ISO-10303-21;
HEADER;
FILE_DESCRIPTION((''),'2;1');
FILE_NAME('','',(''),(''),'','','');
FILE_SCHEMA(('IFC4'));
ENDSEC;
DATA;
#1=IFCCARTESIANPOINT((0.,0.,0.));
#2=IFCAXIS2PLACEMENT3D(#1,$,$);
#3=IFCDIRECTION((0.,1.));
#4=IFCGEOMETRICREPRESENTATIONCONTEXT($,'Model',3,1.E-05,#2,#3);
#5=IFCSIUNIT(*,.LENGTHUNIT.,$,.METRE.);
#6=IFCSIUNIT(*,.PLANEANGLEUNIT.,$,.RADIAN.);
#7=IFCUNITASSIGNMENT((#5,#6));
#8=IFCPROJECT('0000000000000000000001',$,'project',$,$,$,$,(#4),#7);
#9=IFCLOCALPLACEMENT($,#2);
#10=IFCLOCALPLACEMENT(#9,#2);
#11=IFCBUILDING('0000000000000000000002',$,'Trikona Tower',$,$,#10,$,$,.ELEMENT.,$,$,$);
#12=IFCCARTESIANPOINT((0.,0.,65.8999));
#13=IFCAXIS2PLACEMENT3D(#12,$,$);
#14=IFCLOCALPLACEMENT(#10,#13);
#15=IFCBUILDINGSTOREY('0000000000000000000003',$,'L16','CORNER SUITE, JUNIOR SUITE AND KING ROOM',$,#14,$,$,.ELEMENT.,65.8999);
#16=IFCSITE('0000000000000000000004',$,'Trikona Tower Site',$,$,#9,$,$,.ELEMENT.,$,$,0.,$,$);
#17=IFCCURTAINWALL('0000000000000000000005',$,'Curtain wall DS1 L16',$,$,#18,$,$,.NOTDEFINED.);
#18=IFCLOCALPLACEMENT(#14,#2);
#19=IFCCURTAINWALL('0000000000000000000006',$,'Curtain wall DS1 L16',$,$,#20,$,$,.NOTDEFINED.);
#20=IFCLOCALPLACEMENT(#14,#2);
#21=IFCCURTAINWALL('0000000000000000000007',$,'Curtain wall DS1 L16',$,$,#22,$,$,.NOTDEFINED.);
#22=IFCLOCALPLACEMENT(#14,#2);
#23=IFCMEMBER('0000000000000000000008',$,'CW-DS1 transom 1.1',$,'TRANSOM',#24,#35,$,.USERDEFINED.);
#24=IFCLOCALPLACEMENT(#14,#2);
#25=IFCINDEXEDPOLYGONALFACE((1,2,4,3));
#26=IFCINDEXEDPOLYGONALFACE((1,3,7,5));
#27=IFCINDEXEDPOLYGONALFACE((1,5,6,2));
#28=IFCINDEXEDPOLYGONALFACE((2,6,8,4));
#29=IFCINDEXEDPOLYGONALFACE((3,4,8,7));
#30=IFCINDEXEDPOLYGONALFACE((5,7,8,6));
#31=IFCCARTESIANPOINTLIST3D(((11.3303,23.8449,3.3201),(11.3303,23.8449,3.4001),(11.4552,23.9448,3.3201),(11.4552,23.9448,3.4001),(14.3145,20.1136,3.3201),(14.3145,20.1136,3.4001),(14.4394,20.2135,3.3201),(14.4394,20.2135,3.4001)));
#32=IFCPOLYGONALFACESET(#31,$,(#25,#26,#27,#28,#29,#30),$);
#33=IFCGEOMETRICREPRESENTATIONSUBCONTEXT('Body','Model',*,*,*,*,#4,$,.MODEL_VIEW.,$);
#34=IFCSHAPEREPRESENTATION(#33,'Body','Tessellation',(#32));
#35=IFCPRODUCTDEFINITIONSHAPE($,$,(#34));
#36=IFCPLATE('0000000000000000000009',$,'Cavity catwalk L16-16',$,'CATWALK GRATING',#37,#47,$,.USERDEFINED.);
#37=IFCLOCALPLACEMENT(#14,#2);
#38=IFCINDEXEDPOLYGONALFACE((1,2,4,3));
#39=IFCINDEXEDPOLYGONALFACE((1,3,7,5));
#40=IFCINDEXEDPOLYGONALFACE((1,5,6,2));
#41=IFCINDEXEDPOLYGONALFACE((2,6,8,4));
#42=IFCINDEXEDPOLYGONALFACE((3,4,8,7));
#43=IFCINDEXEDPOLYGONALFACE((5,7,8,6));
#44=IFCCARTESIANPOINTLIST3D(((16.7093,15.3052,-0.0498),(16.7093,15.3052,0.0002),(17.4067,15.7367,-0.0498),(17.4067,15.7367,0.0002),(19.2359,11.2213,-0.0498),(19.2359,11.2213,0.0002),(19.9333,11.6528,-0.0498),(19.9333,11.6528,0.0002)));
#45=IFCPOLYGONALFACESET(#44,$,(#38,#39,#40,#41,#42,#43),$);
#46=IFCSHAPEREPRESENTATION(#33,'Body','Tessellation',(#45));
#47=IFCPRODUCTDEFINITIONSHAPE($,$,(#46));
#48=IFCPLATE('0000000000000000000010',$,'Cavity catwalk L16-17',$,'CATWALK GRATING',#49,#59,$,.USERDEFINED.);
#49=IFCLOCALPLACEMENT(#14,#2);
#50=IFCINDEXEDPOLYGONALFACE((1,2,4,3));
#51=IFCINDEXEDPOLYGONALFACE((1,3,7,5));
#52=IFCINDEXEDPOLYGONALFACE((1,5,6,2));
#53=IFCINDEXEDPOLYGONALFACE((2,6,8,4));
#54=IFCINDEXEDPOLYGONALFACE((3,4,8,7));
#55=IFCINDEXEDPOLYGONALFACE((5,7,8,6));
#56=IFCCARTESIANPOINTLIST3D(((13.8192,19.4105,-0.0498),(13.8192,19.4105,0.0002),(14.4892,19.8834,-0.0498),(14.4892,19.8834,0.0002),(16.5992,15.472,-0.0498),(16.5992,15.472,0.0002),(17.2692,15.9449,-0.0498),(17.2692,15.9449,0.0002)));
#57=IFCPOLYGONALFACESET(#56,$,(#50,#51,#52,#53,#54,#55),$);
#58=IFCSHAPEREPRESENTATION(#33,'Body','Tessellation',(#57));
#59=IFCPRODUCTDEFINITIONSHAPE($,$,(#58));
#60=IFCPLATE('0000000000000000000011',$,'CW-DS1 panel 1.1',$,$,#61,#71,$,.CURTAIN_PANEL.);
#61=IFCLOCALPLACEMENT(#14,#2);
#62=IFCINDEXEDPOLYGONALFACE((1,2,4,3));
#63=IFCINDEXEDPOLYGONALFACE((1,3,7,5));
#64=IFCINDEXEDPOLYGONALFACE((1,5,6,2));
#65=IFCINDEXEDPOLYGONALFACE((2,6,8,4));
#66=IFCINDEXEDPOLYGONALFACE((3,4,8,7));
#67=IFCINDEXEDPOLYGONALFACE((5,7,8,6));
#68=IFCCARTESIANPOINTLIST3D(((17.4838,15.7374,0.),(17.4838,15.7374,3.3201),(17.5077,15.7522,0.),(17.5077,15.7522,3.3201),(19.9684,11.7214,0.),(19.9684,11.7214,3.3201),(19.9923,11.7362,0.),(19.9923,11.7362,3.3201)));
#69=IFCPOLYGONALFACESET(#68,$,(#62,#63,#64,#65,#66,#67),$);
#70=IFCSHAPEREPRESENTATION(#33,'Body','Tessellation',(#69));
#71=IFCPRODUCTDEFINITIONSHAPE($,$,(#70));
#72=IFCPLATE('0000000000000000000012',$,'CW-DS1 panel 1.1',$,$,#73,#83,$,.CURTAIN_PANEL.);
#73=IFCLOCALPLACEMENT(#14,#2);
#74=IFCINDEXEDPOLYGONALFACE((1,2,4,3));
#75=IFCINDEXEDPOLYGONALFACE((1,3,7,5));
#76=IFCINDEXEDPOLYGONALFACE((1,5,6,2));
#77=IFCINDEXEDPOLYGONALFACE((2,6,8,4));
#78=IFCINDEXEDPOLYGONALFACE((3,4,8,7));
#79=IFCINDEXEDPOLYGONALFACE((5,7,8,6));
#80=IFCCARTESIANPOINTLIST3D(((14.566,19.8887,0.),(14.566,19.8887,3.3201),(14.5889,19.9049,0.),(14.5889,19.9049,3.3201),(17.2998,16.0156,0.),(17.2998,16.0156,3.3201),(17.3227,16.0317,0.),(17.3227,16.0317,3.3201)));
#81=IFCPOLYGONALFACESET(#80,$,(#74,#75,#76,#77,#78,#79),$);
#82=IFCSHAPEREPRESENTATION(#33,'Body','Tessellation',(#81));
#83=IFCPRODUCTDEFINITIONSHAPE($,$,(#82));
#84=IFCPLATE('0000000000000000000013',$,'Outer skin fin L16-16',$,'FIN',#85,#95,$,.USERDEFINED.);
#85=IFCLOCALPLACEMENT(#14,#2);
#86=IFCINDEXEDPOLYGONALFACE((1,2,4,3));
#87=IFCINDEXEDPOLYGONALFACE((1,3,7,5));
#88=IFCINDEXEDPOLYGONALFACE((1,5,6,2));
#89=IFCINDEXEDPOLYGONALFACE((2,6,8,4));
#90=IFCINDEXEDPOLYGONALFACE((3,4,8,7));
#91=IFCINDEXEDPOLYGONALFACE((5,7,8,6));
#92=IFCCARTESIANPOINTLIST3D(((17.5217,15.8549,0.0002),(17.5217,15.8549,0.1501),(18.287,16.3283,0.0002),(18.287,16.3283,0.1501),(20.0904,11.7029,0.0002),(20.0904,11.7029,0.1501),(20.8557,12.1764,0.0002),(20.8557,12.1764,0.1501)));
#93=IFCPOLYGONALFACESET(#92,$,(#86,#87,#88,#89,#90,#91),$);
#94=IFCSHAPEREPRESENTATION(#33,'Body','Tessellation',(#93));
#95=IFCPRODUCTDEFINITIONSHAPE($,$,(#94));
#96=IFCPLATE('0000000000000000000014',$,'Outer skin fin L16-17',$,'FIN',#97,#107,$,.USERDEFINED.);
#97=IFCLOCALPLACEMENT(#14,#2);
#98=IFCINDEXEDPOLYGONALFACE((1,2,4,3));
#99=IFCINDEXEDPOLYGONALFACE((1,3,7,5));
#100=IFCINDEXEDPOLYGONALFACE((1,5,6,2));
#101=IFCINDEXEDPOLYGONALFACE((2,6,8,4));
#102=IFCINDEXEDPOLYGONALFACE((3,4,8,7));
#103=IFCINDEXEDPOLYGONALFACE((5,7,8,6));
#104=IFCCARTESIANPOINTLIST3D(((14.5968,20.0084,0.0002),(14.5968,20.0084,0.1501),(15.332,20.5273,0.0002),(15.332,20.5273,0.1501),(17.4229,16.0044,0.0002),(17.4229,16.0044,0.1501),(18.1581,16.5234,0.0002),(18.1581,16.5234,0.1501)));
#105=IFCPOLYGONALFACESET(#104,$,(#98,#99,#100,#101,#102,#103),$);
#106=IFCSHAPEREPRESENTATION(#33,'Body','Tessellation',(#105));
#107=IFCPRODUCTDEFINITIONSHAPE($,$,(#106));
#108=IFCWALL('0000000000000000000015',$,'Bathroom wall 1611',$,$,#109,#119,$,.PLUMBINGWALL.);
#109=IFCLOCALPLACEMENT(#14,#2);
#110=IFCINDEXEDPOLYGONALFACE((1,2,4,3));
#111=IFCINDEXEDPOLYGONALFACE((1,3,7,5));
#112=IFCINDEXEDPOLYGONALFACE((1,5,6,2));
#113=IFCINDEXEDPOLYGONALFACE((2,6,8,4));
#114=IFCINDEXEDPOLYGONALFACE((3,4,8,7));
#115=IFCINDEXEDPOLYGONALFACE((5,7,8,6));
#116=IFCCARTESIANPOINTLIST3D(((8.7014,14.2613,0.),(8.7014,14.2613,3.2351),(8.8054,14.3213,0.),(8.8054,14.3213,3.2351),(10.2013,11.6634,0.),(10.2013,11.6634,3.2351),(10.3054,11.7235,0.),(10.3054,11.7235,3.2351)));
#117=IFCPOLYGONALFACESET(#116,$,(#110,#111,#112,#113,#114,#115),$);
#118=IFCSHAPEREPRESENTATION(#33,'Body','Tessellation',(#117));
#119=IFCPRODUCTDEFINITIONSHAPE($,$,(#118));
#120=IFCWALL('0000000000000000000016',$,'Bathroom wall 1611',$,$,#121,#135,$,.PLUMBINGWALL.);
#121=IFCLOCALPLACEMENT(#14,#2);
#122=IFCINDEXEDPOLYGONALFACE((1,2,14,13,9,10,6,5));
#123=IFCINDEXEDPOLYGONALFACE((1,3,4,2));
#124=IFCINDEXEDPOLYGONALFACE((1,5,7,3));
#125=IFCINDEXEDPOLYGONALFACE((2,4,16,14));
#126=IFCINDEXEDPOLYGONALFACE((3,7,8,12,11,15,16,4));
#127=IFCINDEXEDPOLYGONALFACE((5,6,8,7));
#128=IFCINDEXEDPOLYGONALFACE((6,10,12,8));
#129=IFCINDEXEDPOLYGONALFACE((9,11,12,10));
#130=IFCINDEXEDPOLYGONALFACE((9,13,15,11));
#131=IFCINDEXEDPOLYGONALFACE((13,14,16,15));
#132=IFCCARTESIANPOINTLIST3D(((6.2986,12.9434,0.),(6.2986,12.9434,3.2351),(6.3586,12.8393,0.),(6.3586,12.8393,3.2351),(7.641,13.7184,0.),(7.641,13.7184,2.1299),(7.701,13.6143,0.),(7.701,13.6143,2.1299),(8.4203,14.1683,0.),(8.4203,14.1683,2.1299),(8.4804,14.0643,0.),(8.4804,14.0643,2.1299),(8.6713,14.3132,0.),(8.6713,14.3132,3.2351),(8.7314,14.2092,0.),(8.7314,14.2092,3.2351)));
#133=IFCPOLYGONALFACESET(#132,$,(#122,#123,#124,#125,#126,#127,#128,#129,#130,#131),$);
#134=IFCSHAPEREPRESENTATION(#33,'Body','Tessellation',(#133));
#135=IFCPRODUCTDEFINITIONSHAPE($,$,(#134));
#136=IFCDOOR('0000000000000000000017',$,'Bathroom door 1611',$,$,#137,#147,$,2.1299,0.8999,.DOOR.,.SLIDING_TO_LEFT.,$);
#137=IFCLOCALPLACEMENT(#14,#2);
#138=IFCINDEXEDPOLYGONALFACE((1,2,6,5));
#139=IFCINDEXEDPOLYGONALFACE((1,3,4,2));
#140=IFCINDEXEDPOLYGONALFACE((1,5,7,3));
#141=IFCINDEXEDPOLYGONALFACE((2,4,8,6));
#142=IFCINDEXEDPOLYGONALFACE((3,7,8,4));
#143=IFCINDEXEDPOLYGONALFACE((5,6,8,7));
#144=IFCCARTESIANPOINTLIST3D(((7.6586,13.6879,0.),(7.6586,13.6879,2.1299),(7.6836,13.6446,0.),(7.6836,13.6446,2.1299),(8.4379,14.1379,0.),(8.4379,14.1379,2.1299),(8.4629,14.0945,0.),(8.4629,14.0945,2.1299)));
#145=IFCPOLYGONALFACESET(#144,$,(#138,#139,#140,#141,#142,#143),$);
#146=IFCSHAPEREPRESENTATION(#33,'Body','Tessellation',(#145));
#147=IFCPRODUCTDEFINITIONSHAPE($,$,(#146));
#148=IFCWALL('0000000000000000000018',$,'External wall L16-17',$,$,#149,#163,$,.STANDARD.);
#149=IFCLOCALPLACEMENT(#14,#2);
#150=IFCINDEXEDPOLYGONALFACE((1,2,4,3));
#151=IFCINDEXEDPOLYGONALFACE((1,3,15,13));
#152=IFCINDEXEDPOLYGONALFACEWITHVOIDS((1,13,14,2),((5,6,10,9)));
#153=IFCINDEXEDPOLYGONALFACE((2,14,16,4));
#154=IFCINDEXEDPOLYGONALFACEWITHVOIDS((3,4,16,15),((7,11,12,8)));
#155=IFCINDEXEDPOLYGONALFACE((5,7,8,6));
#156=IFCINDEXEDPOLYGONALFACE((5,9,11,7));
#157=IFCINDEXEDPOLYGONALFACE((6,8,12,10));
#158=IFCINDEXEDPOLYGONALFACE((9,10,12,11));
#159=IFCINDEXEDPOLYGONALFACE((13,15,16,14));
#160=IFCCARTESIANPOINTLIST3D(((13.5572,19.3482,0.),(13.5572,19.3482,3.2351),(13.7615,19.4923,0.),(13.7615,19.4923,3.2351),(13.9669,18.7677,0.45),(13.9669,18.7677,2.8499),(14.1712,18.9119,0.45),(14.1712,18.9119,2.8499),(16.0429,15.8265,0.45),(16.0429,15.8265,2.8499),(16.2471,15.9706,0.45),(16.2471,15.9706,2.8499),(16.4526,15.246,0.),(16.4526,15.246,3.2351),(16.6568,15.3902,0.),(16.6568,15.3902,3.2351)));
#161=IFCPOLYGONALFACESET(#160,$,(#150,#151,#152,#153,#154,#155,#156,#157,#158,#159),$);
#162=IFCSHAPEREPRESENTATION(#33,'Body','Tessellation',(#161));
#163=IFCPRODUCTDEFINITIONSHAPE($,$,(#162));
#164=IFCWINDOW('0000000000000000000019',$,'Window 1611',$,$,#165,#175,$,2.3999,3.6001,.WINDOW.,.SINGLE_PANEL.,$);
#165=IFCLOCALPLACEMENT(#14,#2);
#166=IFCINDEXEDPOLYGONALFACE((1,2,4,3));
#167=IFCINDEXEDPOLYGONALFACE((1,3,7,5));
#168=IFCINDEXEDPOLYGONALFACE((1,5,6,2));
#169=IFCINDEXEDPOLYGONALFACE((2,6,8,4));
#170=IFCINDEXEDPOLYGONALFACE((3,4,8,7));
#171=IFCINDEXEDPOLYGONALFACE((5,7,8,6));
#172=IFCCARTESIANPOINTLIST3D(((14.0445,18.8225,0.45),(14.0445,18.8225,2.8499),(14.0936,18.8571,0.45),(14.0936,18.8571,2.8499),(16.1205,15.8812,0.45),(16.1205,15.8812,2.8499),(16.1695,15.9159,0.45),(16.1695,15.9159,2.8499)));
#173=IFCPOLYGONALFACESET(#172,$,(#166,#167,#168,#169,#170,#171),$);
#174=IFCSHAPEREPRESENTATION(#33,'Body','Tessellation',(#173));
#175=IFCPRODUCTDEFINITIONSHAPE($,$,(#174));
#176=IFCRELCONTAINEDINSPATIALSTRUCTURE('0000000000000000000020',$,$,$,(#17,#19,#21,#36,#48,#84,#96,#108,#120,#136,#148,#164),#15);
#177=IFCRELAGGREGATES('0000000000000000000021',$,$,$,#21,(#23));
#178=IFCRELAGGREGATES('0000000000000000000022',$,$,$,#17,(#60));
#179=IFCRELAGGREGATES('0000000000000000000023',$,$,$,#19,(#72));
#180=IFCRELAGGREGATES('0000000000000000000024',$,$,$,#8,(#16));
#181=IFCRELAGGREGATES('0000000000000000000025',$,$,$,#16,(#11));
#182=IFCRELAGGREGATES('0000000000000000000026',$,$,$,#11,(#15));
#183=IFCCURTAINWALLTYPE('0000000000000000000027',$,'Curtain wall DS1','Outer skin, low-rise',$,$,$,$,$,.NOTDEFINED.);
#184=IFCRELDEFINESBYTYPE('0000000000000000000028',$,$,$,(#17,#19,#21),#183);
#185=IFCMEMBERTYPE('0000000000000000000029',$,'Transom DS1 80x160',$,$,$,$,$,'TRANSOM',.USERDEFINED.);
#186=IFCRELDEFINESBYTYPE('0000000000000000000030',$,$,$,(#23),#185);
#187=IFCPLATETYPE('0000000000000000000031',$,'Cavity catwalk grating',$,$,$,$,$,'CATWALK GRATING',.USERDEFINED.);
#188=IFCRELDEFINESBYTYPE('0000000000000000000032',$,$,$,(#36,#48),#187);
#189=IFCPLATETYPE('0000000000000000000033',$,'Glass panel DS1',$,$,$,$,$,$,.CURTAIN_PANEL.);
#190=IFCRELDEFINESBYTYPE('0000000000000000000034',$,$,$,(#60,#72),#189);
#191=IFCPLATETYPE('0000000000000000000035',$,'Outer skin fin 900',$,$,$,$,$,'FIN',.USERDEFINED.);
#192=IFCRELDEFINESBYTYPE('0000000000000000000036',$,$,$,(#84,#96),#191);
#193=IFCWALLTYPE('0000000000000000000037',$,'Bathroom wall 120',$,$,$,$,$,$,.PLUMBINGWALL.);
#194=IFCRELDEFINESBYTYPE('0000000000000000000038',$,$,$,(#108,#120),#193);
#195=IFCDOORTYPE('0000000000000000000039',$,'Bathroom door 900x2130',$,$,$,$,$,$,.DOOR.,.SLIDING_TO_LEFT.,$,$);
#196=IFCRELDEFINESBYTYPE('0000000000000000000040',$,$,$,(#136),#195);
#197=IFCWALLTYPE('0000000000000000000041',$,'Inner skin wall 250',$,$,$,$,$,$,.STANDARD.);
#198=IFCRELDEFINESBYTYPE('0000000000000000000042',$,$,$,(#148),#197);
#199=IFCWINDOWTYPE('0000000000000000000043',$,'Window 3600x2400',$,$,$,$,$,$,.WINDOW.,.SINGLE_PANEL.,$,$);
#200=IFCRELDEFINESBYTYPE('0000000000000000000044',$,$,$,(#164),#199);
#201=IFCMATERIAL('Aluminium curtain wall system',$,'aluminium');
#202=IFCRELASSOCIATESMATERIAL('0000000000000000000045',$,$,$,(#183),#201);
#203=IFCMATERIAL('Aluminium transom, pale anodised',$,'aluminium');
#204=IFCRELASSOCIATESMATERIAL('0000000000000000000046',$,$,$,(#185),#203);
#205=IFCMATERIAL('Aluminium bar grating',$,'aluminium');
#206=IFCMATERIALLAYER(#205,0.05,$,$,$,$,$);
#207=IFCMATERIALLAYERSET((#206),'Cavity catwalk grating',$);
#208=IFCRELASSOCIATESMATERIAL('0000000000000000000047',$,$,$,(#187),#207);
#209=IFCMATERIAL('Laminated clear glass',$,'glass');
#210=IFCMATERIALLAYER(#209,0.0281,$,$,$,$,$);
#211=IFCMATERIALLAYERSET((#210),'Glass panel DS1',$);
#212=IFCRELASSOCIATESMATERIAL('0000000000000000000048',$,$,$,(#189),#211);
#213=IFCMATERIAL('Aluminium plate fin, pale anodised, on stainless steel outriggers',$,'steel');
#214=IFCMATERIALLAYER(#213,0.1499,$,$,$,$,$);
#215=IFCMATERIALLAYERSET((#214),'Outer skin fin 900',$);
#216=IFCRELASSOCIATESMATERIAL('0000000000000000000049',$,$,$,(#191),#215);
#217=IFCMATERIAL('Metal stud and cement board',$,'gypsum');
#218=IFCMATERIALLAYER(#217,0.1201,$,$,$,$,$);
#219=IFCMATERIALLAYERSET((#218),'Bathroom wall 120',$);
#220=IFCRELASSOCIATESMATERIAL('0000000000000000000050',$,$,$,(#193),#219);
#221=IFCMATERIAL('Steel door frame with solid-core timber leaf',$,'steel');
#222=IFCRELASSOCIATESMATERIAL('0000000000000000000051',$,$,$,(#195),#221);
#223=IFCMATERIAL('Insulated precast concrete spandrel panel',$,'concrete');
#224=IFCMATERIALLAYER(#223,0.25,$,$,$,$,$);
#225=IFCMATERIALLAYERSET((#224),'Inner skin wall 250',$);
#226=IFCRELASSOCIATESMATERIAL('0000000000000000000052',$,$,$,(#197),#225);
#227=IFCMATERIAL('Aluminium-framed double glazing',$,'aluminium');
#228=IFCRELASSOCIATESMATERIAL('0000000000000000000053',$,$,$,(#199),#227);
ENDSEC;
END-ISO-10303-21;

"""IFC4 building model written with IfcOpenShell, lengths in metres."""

from ifc_helpers import new_model, si_unit, direction, frame, frame_2d, origin, origin_2d, place, context, subcontext, project, spatial, rectangle, extrude, material, layer, layer_set, material_profile, profile_set, type_object, element, fill, aggregate, save


model = new_model("IFC4")

# Units and contexts
model_context = context("Model", 3, precision=1e-05, world=origin(), true_north=direction((0.0, 1.0)))
body_context = subcontext(model_context, "Body", "Model", "MODEL_VIEW")
ifc_project = project(units=[si_unit("LENGTHUNIT", "METRE"), si_unit("PLANEANGLEUNIT", "RADIAN")], contexts=[model_context])

# Site, building, storey
site_placement = place(None, origin())
site = spatial("IfcSite", under=ifc_project, at=site_placement, Name="Trikona Tower Site", CompositionType="ELEMENT", RefElevation=0.0)
building_placement = place(site_placement, origin())
building = spatial("IfcBuilding", under=site, at=building_placement, Name="Trikona Tower", CompositionType="ELEMENT")
storey_placement = place(building_placement, frame((0.0, 0.0, 65.8999)))
storey = spatial("IfcBuildingStorey", under=building, at=storey_placement, Name="L16", Description="CORNER SUITE, JUNIOR SUITE AND KING ROOM", CompositionType="ELEMENT", Elevation=65.8999)

# Curtain walls
ifc_material_1 = material(Name="Aluminium curtain wall system", Category="aluminium")
curtain_wall_type = type_object("IfcCurtainWallType", Name="Curtain wall DS1", Description="Outer skin, low-rise", PredefinedType="NOTDEFINED", material=ifc_material_1)
curtain_wall_1_placement = place(storey_placement, origin())
curtain_wall_1 = element("IfcCurtainWall", 1, at=curtain_wall_1_placement, inside=storey, type_object=curtain_wall_type, Name="Curtain wall DS1 L16", PredefinedType="NOTDEFINED")
curtain_wall_2_placement = place(storey_placement, origin())
curtain_wall_2 = element("IfcCurtainWall", 2, at=curtain_wall_2_placement, inside=storey, type_object=curtain_wall_type, Name="Curtain wall DS1 L16", PredefinedType="NOTDEFINED")

# Curtain wall
curtain_wall_3_placement = place(storey_placement, origin())
curtain_wall_3 = element("IfcCurtainWall", 3, at=curtain_wall_3_placement, inside=storey, type_object=curtain_wall_type, Name="Curtain wall DS1 L16", PredefinedType="NOTDEFINED")

# Member
ifc_material_2 = material(Name="Aluminium transom, pale anodised", Category="aluminium")
ifc_material_profile_1 = material_profile(ifc_material_2, rectangle(XDim=0.1599, YDim=0.0801, at=origin_2d()), Name="TRN-DS1")
ifc_profile_set_1 = profile_set([ifc_material_profile_1], Name="Aluminium transom, pale anodised")
member_type_1 = type_object("IfcMemberType", Name="Transom DS1 80x160", ElementType="TRANSOM", PredefinedType="USERDEFINED", material=ifc_profile_set_1)
member_1_placement = place(storey_placement, frame((14.377, 20.1636, 3.3601), z_axis=(-0.624589, 0.780954, 0.0), x_axis=(-0.780954, -0.624589, 0.0)))
member_1 = element("IfcMember", 4, at=member_1_placement, type_object=member_type_1, Name="CW-DS1 transom 1.1", ObjectType="TRANSOM", PredefinedType="USERDEFINED", context=body_context, shape_type="SweptSolid", body=[
    extrude(rectangle(XDim=0.1599, YDim=0.0801, at=origin_2d()), origin(), (0.0, 0.0, 1.0), 4.7778),
])
aggregate(curtain_wall_3, [member_1])

# Plates
ifc_material_3 = material(Name="Aluminium bar grating", Category="aluminium")
ifc_layer_1 = layer(ifc_material_3, 0.05)
ifc_layer_set_1 = layer_set([ifc_layer_1], Name="Cavity catwalk grating")
plate_type_1 = type_object("IfcPlateType", Name="Cavity catwalk grating", ElementType="CATWALK GRATING", PredefinedType="USERDEFINED", material=ifc_layer_set_1)
plate_1_placement = place(storey_placement, frame((18.3213, 13.479, -0.0498), z_axis=(0.0, 0.0, 1.0), x_axis=(-0.526119, 0.850411, 0.0)))
element("IfcPlate", 5, at=plate_1_placement, inside=storey, type_object=plate_type_1, Name="Cavity catwalk L16-16", ObjectType="CATWALK GRATING", PredefinedType="USERDEFINED", context=body_context, shape_type="SweptSolid", body=[
    extrude(rectangle(XDim=4.8022, YDim=0.8201, at=origin_2d()), origin(), (0.0, 0.0, 1.0), 0.05),
])
plate_2_placement = place(storey_placement, frame((15.5442, 17.6777, -0.0498), z_axis=(0.0, 0.0, 1.0), x_axis=(-0.576662, 0.816983, 0.0)))
element("IfcPlate", 6, at=plate_2_placement, inside=storey, type_object=plate_type_1, Name="Cavity catwalk L16-17", ObjectType="CATWALK GRATING", PredefinedType="USERDEFINED", context=body_context, shape_type="SweptSolid", body=[
    extrude(rectangle(XDim=4.8208, YDim=0.8201, at=origin_2d()), origin(), (0.0, 0.0, 1.0), 0.05),
])

# Plates
ifc_material_4 = material(Name="Laminated clear glass", Category="glass")
ifc_layer_2 = layer(ifc_material_4, 0.0281)
ifc_layer_set_2 = layer_set([ifc_layer_2], Name="Glass panel DS1")
plate_type_2 = type_object("IfcPlateType", Name="Glass panel DS1", PredefinedType="CURTAIN_PANEL", material=ifc_layer_set_2)
plate_3_placement = place(storey_placement, frame((18.738, 13.7368, 0.0), z_axis=(0.0, 0.0, 1.0), x_axis=(-0.52612, 0.85041, 0.0)))
plate_3 = element("IfcPlate", 7, at=plate_3_placement, type_object=plate_type_2, Name="CW-DS1 panel 1.1", PredefinedType="CURTAIN_PANEL", context=body_context, shape_type="SweptSolid", body=[
    extrude(rectangle(XDim=4.7224, YDim=0.0281, at=origin_2d()), origin(), (0.0, 0.0, 1.0), 3.3201),
])
aggregate(curtain_wall_1, [plate_3])
plate_4_placement = place(storey_placement, frame((15.9443, 17.9602, 0.0), z_axis=(0.0, 0.0, 1.0), x_axis=(-0.576658, 0.816985, 0.0)))
plate_4 = element("IfcPlate", 8, at=plate_4_placement, type_object=plate_type_2, Name="CW-DS1 panel 1.1", PredefinedType="CURTAIN_PANEL", context=body_context, shape_type="SweptSolid", body=[
    extrude(rectangle(XDim=4.7407, YDim=0.0281, at=origin_2d()), origin(), (0.0, 0.0, 1.0), 3.3201),
])
aggregate(curtain_wall_2, [plate_4])

# Plates
ifc_material_5 = material(Name="Aluminium plate fin, pale anodised, on stainless steel outriggers", Category="steel")
ifc_layer_3 = layer(ifc_material_5, 0.1499)
ifc_layer_set_3 = layer_set([ifc_layer_3], Name="Outer skin fin 900")
plate_type_3 = type_object("IfcPlateType", Name="Outer skin fin 900", ElementType="FIN", PredefinedType="USERDEFINED", material=ifc_layer_set_3)
plate_5_placement = place(storey_placement, frame((19.1887, 14.0156, 0.0002), z_axis=(0.0, 0.0, 1.0), x_axis=(-0.526119, 0.850411, 0.0)))
element("IfcPlate", 9, at=plate_5_placement, inside=storey, type_object=plate_type_3, Name="Outer skin fin L16-16", ObjectType="FIN", PredefinedType="USERDEFINED", context=body_context, shape_type="SweptSolid", body=[
    extrude(rectangle(XDim=4.8823, YDim=0.8999, at=origin_2d()), origin(), (0.0, 0.0, 1.0), 0.1499),
])
plate_6_placement = place(storey_placement, frame((16.3774, 18.2659, 0.0002), z_axis=(0.0, 0.0, 1.0), x_axis=(-0.576662, 0.816983, 0.0)))
element("IfcPlate", 10, at=plate_6_placement, inside=storey, type_object=plate_type_3, Name="Outer skin fin L16-17", ObjectType="FIN", PredefinedType="USERDEFINED", context=body_context, shape_type="SweptSolid", body=[
    extrude(rectangle(XDim=4.9009, YDim=0.8999, at=origin_2d()), origin(), (0.0, 0.0, 1.0), 0.1499),
])

# Wall
ifc_material_6 = material(Name="Metal stud and cement board", Category="gypsum")
ifc_layer_4 = layer(ifc_material_6, 0.1201)
ifc_layer_set_4 = layer_set([ifc_layer_4], Name="Bathroom wall 120")
wall_type_1 = type_object("IfcWallType", Name="Bathroom wall 120", PredefinedType="PLUMBINGWALL", material=ifc_layer_set_4)
wall_1_placement = place(storey_placement, frame((10.2534, 11.6934, 0.0), z_axis=(0.0, 0.0, 1.0), x_axis=(-0.500025, 0.866011, 0.0)))
element("IfcWall", 11, at=wall_1_placement, inside=storey, type_object=wall_type_1, Name="Bathroom wall 1611", PredefinedType="PLUMBINGWALL", context=body_context, shape_type="SweptSolid", body=[
    extrude(rectangle(XDim=2.9998, YDim=0.1201, at=frame_2d((1.5, 0.0))), origin(), (0.0, 0.0, 1.0), 3.2351),
])

# Wall, opening, door
wall_2_placement = place(storey_placement, frame((6.3286, 12.8914, 0.0), z_axis=(0.0, 0.0, 1.0), x_axis=(0.866036, 0.499982, 0.0)))
wall_2 = element("IfcWall", 12, at=wall_2_placement, inside=storey, type_object=wall_type_1, Name="Bathroom wall 1611", PredefinedType="PLUMBINGWALL", context=body_context, shape_type="SweptSolid", body=[
    extrude(rectangle(XDim=2.7397, YDim=0.1201, at=frame_2d((1.3699, 0.0))), origin(), (0.0, 0.0, 1.0), 3.2351),
])
opening_1_placement = place(wall_2_placement, frame((1.55, 0.0, 0.0)))
opening_1 = element("IfcOpeningElement", 13, at=opening_1_placement, cuts=wall_2, PredefinedType="OPENING", context=body_context, shape_type="SweptSolid", body=[
    extrude(rectangle(XDim=0.8999, YDim=2.1299, at=frame_2d((0.45, 1.0649))), frame((0.0, 0.0701, 0.0), z_axis=(0.0, -1.0, 0.0), x_axis=(1.0, 0.0, 0.0)), (0.0, 0.0, 1.0), 0.1401),
])
ifc_material_7 = material(Name="Steel door frame with solid-core timber leaf", Category="steel")
door_type = type_object("IfcDoorType", Name="Bathroom door 900x2130", OperationType="SLIDING_TO_LEFT", PredefinedType="DOOR", material=ifc_material_7)
door_placement = place(opening_1_placement, origin())
door = element("IfcDoor", 14, at=door_placement, inside=storey, type_object=door_type, Name="Bathroom door 1611", OperationType="SLIDING_TO_LEFT", OverallHeight=2.1299, OverallWidth=0.8999, PredefinedType="DOOR", context=body_context, shape_type="SweptSolid", body=[
    extrude(rectangle(XDim=0.8999, YDim=2.1299, at=frame_2d((0.45, 1.0649))), frame((0.0, 0.0249, 0.0), z_axis=(0.0, -1.0, 0.0), x_axis=(1.0, 0.0, 0.0)), (0.0, 0.0, 1.0), 0.05),
])
fill(opening_1, door)

# Wall, opening, window
ifc_material_8 = material(Name="Insulated precast concrete spandrel panel", Category="concrete")
ifc_layer_5 = layer(ifc_material_8, 0.25)
ifc_layer_set_5 = layer_set([ifc_layer_5], Name="Inner skin wall 250")
wall_type_2 = type_object("IfcWallType", Name="Inner skin wall 250", PredefinedType="STANDARD", material=ifc_layer_set_5)
wall_3_placement = place(storey_placement, frame((16.5547, 15.3181, 0.0), z_axis=(0.0, 0.0, 1.0), x_axis=(-0.576643, 0.816996, 0.0)))
wall_3 = element("IfcWall", 15, at=wall_3_placement, inside=storey, type_object=wall_type_2, Name="External wall L16-17", PredefinedType="STANDARD", context=body_context, shape_type="SweptSolid", body=[
    extrude(rectangle(XDim=5.021, YDim=0.25, at=frame_2d((2.5105, 0.0))), origin(), (0.0, 0.0, 1.0), 3.2351),
])
opening_2_placement = place(wall_3_placement, frame((0.7104, 0.0, 0.45)))
opening_2 = element("IfcOpeningElement", 16, at=opening_2_placement, cuts=wall_3, PredefinedType="OPENING", context=body_context, shape_type="SweptSolid", body=[
    extrude(rectangle(XDim=3.6001, YDim=2.3999, at=frame_2d((1.8, 1.2))), frame((0.0, 0.135, 0.0), z_axis=(0.0, -1.0, 0.0), x_axis=(1.0, 0.0, 0.0)), (0.0, 0.0, 1.0), 0.27),
])
ifc_material_9 = material(Name="Aluminium-framed double glazing", Category="aluminium")
window_type = type_object("IfcWindowType", Name="Window 3600x2400", PartitioningType="SINGLE_PANEL", PredefinedType="WINDOW", material=ifc_material_9)
window_1_placement = place(opening_2_placement, origin())
window_1 = element("IfcWindow", 17, at=window_1_placement, inside=storey, type_object=window_type, Name="Window 1611", OverallHeight=2.3999, OverallWidth=3.6001, PartitioningType="SINGLE_PANEL", PredefinedType="WINDOW", context=body_context, shape_type="SweptSolid", body=[
    extrude(rectangle(XDim=3.6001, YDim=2.3999, at=frame_2d((1.8, 1.2))), frame((0.0, 0.03, 0.0), z_axis=(0.0, -1.0, 0.0), x_axis=(1.0, 0.0, 0.0)), (0.0, 0.0, 1.0), 0.0601),
])
fill(opening_2, window_1)

save(model, "model.ifc")
